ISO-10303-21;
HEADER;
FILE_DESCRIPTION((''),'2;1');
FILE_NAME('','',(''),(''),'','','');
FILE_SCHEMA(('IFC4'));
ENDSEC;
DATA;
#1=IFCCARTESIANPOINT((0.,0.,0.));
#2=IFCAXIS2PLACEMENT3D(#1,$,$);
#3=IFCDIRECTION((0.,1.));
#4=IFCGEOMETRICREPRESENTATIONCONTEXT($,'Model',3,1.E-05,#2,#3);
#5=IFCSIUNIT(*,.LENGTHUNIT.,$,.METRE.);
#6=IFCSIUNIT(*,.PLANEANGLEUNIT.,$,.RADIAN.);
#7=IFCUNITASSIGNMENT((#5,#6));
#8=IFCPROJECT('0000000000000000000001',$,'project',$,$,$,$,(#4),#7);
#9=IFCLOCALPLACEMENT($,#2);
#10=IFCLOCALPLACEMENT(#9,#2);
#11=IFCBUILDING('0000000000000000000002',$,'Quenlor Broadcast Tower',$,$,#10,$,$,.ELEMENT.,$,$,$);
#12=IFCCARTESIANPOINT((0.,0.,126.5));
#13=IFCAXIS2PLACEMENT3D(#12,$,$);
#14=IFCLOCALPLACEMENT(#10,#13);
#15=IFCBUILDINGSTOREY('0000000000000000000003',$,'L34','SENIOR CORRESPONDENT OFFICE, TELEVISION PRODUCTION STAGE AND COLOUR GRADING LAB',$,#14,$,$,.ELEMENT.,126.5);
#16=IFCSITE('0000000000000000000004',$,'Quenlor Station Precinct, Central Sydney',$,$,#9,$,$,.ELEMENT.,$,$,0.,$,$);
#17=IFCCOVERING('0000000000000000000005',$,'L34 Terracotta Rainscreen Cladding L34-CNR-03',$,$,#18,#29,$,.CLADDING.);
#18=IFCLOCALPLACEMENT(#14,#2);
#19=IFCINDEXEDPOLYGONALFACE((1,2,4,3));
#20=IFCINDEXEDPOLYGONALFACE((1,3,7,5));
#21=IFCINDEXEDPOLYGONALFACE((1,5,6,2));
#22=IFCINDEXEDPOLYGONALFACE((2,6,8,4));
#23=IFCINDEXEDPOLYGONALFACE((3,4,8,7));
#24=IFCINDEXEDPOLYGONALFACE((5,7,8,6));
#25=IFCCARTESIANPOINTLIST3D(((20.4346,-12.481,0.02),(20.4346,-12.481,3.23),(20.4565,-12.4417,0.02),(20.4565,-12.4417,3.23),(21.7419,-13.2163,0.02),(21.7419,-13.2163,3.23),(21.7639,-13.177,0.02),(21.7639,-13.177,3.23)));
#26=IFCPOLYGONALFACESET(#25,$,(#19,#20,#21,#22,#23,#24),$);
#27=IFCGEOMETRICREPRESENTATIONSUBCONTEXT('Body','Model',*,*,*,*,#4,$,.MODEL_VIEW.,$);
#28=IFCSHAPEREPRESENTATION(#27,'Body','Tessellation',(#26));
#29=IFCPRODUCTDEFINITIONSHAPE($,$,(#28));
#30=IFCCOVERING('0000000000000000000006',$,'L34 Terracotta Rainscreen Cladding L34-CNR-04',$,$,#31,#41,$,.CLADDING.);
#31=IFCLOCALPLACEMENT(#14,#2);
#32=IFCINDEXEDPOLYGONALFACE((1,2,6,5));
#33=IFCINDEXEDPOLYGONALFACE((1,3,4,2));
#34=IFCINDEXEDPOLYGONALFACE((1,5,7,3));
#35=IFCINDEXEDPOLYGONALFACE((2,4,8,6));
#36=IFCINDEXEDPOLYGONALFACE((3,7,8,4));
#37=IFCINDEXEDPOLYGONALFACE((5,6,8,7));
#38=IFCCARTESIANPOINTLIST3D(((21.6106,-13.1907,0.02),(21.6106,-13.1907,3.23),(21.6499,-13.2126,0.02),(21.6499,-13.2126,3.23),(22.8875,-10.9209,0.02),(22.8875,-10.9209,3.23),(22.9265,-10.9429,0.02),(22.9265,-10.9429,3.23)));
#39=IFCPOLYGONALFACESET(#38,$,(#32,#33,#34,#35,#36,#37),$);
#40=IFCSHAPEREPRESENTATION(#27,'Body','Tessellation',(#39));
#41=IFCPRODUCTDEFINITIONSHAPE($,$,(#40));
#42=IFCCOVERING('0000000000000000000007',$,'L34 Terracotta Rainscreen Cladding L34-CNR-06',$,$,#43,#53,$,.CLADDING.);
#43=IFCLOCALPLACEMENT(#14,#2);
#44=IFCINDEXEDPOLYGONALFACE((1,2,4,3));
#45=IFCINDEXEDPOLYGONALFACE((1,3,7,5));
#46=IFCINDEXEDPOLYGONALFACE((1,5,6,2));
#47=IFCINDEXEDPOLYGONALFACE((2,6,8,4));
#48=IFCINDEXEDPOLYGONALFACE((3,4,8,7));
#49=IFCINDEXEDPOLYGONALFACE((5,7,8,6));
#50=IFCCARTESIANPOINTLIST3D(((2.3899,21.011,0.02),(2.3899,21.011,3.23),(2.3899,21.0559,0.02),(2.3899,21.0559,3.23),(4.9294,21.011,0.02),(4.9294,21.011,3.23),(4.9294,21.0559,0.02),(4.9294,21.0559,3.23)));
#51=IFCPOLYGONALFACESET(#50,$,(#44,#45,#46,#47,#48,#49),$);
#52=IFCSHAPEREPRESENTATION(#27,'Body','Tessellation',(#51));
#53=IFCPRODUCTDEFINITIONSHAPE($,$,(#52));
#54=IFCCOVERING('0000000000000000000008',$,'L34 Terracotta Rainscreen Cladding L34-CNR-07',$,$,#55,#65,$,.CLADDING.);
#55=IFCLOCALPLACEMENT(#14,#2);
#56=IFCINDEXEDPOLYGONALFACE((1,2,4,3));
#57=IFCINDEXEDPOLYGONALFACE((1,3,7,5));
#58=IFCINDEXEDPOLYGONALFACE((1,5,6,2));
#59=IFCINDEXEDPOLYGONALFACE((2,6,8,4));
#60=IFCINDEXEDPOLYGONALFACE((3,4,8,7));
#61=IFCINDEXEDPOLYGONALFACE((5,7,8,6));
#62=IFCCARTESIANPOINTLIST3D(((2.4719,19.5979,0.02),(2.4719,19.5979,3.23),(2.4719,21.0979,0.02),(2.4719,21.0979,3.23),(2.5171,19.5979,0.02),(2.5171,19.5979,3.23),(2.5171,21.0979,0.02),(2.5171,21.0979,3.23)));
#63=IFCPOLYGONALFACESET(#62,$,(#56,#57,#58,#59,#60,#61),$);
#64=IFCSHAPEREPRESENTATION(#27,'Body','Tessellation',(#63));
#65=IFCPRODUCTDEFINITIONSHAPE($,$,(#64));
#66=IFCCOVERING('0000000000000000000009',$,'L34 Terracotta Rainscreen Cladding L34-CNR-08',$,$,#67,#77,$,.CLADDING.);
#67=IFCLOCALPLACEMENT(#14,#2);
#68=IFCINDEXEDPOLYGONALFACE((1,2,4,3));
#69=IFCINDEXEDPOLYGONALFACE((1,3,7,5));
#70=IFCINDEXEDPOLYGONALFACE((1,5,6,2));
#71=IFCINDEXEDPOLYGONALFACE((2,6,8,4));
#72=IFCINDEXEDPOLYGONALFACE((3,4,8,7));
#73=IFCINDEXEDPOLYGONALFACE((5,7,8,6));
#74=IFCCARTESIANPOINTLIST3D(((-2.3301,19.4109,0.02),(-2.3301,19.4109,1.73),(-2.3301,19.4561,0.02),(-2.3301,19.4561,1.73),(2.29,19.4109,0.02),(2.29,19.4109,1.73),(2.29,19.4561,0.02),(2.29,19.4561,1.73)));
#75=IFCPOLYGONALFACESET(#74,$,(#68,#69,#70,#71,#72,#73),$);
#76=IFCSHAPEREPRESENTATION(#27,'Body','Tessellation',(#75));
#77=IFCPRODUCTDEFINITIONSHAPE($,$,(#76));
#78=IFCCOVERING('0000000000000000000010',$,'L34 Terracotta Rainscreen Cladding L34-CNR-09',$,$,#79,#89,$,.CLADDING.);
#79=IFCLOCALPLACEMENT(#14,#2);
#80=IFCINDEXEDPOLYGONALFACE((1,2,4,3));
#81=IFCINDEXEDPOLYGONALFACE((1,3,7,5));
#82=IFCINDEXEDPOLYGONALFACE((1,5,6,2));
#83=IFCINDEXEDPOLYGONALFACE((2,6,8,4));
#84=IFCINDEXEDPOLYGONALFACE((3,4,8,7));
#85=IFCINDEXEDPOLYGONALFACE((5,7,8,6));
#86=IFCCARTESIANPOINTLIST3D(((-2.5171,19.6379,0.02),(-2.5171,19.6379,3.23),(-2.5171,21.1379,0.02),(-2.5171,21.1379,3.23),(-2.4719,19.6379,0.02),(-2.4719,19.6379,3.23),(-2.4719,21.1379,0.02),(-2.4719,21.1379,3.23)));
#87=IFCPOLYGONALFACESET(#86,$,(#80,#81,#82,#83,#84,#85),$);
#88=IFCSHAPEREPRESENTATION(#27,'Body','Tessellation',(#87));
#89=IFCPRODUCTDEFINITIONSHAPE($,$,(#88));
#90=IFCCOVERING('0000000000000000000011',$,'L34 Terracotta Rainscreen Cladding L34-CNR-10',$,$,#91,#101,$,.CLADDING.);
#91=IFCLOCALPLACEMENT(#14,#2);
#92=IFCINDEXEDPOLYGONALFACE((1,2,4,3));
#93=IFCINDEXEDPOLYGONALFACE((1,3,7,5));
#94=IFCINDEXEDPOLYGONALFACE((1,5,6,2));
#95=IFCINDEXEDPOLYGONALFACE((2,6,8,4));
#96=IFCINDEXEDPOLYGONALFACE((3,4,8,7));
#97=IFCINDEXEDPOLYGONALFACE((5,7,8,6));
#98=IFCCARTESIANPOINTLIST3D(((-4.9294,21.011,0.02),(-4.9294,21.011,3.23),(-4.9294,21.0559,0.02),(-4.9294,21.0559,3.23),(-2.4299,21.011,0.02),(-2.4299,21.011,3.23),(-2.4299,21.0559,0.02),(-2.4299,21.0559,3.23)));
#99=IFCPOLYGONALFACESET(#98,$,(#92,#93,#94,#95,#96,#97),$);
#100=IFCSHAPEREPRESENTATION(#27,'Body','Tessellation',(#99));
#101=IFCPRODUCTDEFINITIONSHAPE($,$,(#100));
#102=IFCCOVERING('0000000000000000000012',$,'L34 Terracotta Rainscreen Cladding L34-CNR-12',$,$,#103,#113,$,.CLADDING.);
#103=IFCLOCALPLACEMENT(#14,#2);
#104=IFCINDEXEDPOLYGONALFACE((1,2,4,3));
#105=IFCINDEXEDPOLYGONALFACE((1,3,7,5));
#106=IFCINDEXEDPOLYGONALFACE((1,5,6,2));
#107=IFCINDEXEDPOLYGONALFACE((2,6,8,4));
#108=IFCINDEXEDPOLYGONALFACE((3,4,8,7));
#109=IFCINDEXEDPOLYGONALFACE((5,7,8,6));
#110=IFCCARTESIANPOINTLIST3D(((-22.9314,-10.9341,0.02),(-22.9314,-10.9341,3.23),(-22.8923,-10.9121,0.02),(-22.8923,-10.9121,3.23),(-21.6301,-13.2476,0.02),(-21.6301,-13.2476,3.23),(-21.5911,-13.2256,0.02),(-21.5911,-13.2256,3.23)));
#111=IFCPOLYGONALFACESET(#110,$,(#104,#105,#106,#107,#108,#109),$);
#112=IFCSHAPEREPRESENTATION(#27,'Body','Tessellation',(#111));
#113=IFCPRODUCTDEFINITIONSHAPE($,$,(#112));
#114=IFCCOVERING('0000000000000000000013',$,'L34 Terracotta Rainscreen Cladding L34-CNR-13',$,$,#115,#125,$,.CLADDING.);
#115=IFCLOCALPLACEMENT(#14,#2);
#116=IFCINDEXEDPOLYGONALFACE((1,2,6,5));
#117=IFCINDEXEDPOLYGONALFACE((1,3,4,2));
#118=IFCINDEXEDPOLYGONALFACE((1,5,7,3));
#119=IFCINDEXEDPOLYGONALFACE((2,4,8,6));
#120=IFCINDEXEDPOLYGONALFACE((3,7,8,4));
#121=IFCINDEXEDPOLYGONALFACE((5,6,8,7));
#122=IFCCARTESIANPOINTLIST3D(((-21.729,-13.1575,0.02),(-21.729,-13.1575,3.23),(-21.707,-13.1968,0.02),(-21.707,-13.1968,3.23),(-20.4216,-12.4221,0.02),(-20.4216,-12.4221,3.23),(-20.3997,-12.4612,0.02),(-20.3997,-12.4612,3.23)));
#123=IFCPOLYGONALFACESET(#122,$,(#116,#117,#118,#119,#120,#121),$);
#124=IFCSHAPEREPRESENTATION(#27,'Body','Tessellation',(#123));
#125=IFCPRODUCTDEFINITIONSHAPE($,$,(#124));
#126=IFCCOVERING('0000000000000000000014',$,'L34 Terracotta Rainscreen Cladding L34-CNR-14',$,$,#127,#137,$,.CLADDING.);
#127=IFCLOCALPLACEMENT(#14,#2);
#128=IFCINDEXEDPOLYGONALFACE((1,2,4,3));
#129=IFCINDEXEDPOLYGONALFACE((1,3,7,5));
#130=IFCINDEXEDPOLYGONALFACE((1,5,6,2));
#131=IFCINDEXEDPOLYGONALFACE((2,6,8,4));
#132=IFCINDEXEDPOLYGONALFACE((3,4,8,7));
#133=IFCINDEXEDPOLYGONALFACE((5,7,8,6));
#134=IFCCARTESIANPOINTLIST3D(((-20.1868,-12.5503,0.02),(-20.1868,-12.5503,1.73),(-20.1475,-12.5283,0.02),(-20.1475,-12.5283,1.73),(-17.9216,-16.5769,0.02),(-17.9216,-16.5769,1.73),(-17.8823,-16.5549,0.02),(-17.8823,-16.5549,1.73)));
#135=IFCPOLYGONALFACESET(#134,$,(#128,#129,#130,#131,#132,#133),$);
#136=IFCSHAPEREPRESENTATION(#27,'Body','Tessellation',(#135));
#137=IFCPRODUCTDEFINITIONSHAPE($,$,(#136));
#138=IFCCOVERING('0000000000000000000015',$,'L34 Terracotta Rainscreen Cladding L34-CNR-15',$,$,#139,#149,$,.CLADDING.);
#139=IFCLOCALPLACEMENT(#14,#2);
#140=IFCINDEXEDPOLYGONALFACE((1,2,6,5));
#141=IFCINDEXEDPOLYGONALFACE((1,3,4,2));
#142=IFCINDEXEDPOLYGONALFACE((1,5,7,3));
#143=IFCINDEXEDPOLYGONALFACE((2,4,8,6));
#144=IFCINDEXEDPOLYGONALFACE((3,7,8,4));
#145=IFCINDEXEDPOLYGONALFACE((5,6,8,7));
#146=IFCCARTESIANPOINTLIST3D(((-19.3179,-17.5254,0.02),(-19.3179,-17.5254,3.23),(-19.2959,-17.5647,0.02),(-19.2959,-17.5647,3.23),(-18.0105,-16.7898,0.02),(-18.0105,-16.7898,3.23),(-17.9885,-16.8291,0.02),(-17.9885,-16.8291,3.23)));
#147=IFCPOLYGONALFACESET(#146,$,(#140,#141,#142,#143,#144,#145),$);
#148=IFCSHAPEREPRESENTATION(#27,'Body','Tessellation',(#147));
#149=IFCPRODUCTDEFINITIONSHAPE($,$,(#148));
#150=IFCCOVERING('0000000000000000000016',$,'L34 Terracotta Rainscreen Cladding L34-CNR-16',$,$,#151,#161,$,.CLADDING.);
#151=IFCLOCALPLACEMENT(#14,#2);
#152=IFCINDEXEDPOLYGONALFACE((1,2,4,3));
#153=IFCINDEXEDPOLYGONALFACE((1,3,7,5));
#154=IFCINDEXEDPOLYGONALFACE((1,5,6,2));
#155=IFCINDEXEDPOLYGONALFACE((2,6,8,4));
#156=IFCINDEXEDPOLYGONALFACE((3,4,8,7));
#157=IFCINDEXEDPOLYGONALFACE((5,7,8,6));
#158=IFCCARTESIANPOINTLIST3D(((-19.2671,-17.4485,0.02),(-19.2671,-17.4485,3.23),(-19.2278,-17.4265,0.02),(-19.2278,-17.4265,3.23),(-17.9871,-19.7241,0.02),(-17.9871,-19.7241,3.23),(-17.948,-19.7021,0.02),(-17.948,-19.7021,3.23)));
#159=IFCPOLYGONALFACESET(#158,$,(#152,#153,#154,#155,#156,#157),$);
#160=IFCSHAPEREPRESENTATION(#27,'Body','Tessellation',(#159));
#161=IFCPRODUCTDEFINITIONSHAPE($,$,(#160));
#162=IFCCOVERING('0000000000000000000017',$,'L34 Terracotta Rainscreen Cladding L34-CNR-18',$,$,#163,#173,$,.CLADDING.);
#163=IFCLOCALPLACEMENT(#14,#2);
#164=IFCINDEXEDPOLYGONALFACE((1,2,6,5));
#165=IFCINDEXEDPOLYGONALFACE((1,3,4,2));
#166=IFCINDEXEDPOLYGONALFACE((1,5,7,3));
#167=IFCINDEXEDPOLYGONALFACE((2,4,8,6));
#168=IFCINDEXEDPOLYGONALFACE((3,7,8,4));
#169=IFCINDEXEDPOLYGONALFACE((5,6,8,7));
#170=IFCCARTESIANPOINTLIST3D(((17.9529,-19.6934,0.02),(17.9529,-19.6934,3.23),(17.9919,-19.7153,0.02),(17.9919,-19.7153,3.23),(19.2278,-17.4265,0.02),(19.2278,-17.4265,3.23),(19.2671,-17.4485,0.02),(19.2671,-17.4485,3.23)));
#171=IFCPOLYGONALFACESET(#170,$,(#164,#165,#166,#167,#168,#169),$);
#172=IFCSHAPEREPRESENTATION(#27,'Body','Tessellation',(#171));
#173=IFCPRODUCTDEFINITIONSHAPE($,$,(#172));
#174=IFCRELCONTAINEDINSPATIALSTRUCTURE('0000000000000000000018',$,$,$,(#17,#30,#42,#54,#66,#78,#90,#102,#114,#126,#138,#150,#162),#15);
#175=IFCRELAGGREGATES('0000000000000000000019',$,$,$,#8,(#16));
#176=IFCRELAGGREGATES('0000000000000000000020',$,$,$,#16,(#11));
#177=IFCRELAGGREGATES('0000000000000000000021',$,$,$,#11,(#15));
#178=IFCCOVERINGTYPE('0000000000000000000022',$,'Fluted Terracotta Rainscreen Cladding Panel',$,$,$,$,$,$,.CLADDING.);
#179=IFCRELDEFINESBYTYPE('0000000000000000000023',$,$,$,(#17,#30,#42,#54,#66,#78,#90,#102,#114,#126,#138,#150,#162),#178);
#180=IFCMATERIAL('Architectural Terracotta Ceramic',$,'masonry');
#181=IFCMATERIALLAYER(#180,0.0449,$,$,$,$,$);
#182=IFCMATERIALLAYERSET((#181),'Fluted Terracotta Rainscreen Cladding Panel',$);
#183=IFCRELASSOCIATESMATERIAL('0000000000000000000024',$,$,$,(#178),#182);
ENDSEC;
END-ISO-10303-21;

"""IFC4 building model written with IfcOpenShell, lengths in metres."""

from ifc_helpers import new_model, si_unit, direction, frame, origin, place, context, subcontext, project, spatial, polyline, outline, extrude, material, layer, layer_set, type_object, element, save


model = new_model("IFC4")

# Units and contexts
model_context = context("Model", 3, precision=1e-05, world=origin(), true_north=direction((0.0, 1.0)))
body_context = subcontext(model_context, "Body", "Model", "MODEL_VIEW")
ifc_project = project(units=[si_unit("LENGTHUNIT", "METRE"), si_unit("PLANEANGLEUNIT", "RADIAN")], contexts=[model_context])

# Site, building, storey
site_placement = place(None, origin())
site = spatial("IfcSite", under=ifc_project, at=site_placement, Name="Quenlor Station Precinct, Central Sydney", CompositionType="ELEMENT", RefElevation=0.0)
building_placement = place(site_placement, origin())
building = spatial("IfcBuilding", under=site, at=building_placement, Name="Quenlor Broadcast Tower", CompositionType="ELEMENT")
storey_placement = place(building_placement, frame((0.0, 0.0, 126.5)))
storey = spatial("IfcBuildingStorey", under=building, at=storey_placement, Name="L34", Description="SENIOR CORRESPONDENT OFFICE, TELEVISION PRODUCTION STAGE AND COLOUR GRADING LAB", CompositionType="ELEMENT", Elevation=126.5)

# Coverings
ifc_material_1 = material(Name="Architectural Terracotta Ceramic", Category="masonry")
ifc_layer_1 = layer(ifc_material_1, 0.0449)
ifc_layer_set_1 = layer_set([ifc_layer_1], Name="Fluted Terracotta Rainscreen Cladding Panel")
covering_type = type_object("IfcCoveringType", Name="Fluted Terracotta Rainscreen Cladding Panel", PredefinedType="CLADDING", material=ifc_layer_set_1)
covering_1_placement = place(storey_placement, frame((0.0, 0.0, 0.02)))
element("IfcCovering", 1, at=covering_1_placement, inside=storey, type_object=covering_type, Name="L34 Terracotta Rainscreen Cladding L34-CNR-03", PredefinedType="CLADDING", context=body_context, shape_type="SweptSolid", body=[
    extrude(outline(polyline([(20.4346, -12.481), (21.7419, -13.2163), (21.7639, -13.177), (20.4565, -12.4417), (20.4346, -12.481)])), origin(), (0.0, 0.0, 1.0), 3.21),
])
covering_2_placement = place(storey_placement, frame((0.0, 0.0, 0.02)))
element("IfcCovering", 2, at=covering_2_placement, inside=storey, type_object=covering_type, Name="L34 Terracotta Rainscreen Cladding L34-CNR-04", PredefinedType="CLADDING", context=body_context, shape_type="SweptSolid", body=[
    extrude(outline(polyline([(21.6499, -13.2126), (22.9265, -10.9429), (22.8875, -10.9209), (21.6106, -13.1907), (21.6499, -13.2126)])), origin(), (0.0, 0.0, 1.0), 3.21),
])
covering_3_placement = place(storey_placement, frame((0.0, 0.0, 0.02)))
element("IfcCovering", 3, at=covering_3_placement, inside=storey, type_object=covering_type, Name="L34 Terracotta Rainscreen Cladding L34-CNR-06", PredefinedType="CLADDING", context=body_context, shape_type="SweptSolid", body=[
    extrude(outline(polyline([(4.9294, 21.0559), (2.3899, 21.0559), (2.3899, 21.011), (4.9294, 21.011), (4.9294, 21.0559)])), origin(), (0.0, 0.0, 1.0), 3.21),
])
covering_4_placement = place(storey_placement, frame((0.0, 0.0, 0.02)))
element("IfcCovering", 4, at=covering_4_placement, inside=storey, type_object=covering_type, Name="L34 Terracotta Rainscreen Cladding L34-CNR-07", PredefinedType="CLADDING", context=body_context, shape_type="SweptSolid", body=[
    extrude(outline(polyline([(2.4719, 21.0979), (2.4719, 19.5979), (2.5171, 19.5979), (2.5171, 21.0979), (2.4719, 21.0979)])), origin(), (0.0, 0.0, 1.0), 3.21),
])
covering_5_placement = place(storey_placement, frame((0.0, 0.0, 0.02)))
element("IfcCovering", 5, at=covering_5_placement, inside=storey, type_object=covering_type, Name="L34 Terracotta Rainscreen Cladding L34-CNR-08", PredefinedType="CLADDING", context=body_context, shape_type="SweptSolid", body=[
    extrude(outline(polyline([(2.29, 19.4561), (-2.3301, 19.4561), (-2.3301, 19.4109), (2.29, 19.4109), (2.29, 19.4561)])), origin(), (0.0, 0.0, 1.0), 1.71),
])
covering_6_placement = place(storey_placement, frame((0.0, 0.0, 0.02)))
element("IfcCovering", 6, at=covering_6_placement, inside=storey, type_object=covering_type, Name="L34 Terracotta Rainscreen Cladding L34-CNR-09", PredefinedType="CLADDING", context=body_context, shape_type="SweptSolid", body=[
    extrude(outline(polyline([(-2.4719, 19.6379), (-2.4719, 21.1379), (-2.5171, 21.1379), (-2.5171, 19.6379), (-2.4719, 19.6379)])), origin(), (0.0, 0.0, 1.0), 3.21),
])
covering_7_placement = place(storey_placement, frame((0.0, 0.0, 0.02)))
element("IfcCovering", 7, at=covering_7_placement, inside=storey, type_object=covering_type, Name="L34 Terracotta Rainscreen Cladding L34-CNR-10", PredefinedType="CLADDING", context=body_context, shape_type="SweptSolid", body=[
    extrude(outline(polyline([(-2.4299, 21.0559), (-4.9294, 21.0559), (-4.9294, 21.011), (-2.4299, 21.011), (-2.4299, 21.0559)])), origin(), (0.0, 0.0, 1.0), 3.21),
])
covering_8_placement = place(storey_placement, frame((0.0, 0.0, 0.02)))
element("IfcCovering", 8, at=covering_8_placement, inside=storey, type_object=covering_type, Name="L34 Terracotta Rainscreen Cladding L34-CNR-12", PredefinedType="CLADDING", context=body_context, shape_type="SweptSolid", body=[
    extrude(outline(polyline([(-22.9314, -10.9341), (-21.6301, -13.2476), (-21.5911, -13.2256), (-22.8923, -10.9121), (-22.9314, -10.9341)])), origin(), (0.0, 0.0, 1.0), 3.21),
])
covering_9_placement = place(storey_placement, frame((0.0, 0.0, 0.02)))
element("IfcCovering", 9, at=covering_9_placement, inside=storey, type_object=covering_type, Name="L34 Terracotta Rainscreen Cladding L34-CNR-13", PredefinedType="CLADDING", context=body_context, shape_type="SweptSolid", body=[
    extrude(outline(polyline([(-21.707, -13.1968), (-20.3997, -12.4612), (-20.4216, -12.4221), (-21.729, -13.1575), (-21.707, -13.1968)])), origin(), (0.0, 0.0, 1.0), 3.21),
])
covering_10_placement = place(storey_placement, frame((0.0, 0.0, 0.02)))
element("IfcCovering", 10, at=covering_10_placement, inside=storey, type_object=covering_type, Name="L34 Terracotta Rainscreen Cladding L34-CNR-14", PredefinedType="CLADDING", context=body_context, shape_type="SweptSolid", body=[
    extrude(outline(polyline([(-20.1868, -12.5503), (-17.9216, -16.5769), (-17.8823, -16.5549), (-20.1475, -12.5283), (-20.1868, -12.5503)])), origin(), (0.0, 0.0, 1.0), 1.71),
])
covering_11_placement = place(storey_placement, frame((0.0, 0.0, 0.02)))
element("IfcCovering", 11, at=covering_11_placement, inside=storey, type_object=covering_type, Name="L34 Terracotta Rainscreen Cladding L34-CNR-15", PredefinedType="CLADDING", context=body_context, shape_type="SweptSolid", body=[
    extrude(outline(polyline([(-18.0105, -16.7898), (-19.3179, -17.5254), (-19.2959, -17.5647), (-17.9885, -16.8291), (-18.0105, -16.7898)])), origin(), (0.0, 0.0, 1.0), 3.21),
])
covering_12_placement = place(storey_placement, frame((0.0, 0.0, 0.02)))
element("IfcCovering", 12, at=covering_12_placement, inside=storey, type_object=covering_type, Name="L34 Terracotta Rainscreen Cladding L34-CNR-16", PredefinedType="CLADDING", context=body_context, shape_type="SweptSolid", body=[
    extrude(outline(polyline([(-19.2671, -17.4485), (-17.9871, -19.7241), (-17.948, -19.7021), (-19.2278, -17.4265), (-19.2671, -17.4485)])), origin(), (0.0, 0.0, 1.0), 3.21),
])
covering_13_placement = place(storey_placement, frame((0.0, 0.0, 0.02)))
element("IfcCovering", 13, at=covering_13_placement, inside=storey, type_object=covering_type, Name="L34 Terracotta Rainscreen Cladding L34-CNR-18", PredefinedType="CLADDING", context=body_context, shape_type="SweptSolid", body=[
    extrude(outline(polyline([(17.9919, -19.7153), (19.2671, -17.4485), (19.2278, -17.4265), (17.9529, -19.6934), (17.9919, -19.7153)])), origin(), (0.0, 0.0, 1.0), 3.21),
])

save(model, "model.ifc")
